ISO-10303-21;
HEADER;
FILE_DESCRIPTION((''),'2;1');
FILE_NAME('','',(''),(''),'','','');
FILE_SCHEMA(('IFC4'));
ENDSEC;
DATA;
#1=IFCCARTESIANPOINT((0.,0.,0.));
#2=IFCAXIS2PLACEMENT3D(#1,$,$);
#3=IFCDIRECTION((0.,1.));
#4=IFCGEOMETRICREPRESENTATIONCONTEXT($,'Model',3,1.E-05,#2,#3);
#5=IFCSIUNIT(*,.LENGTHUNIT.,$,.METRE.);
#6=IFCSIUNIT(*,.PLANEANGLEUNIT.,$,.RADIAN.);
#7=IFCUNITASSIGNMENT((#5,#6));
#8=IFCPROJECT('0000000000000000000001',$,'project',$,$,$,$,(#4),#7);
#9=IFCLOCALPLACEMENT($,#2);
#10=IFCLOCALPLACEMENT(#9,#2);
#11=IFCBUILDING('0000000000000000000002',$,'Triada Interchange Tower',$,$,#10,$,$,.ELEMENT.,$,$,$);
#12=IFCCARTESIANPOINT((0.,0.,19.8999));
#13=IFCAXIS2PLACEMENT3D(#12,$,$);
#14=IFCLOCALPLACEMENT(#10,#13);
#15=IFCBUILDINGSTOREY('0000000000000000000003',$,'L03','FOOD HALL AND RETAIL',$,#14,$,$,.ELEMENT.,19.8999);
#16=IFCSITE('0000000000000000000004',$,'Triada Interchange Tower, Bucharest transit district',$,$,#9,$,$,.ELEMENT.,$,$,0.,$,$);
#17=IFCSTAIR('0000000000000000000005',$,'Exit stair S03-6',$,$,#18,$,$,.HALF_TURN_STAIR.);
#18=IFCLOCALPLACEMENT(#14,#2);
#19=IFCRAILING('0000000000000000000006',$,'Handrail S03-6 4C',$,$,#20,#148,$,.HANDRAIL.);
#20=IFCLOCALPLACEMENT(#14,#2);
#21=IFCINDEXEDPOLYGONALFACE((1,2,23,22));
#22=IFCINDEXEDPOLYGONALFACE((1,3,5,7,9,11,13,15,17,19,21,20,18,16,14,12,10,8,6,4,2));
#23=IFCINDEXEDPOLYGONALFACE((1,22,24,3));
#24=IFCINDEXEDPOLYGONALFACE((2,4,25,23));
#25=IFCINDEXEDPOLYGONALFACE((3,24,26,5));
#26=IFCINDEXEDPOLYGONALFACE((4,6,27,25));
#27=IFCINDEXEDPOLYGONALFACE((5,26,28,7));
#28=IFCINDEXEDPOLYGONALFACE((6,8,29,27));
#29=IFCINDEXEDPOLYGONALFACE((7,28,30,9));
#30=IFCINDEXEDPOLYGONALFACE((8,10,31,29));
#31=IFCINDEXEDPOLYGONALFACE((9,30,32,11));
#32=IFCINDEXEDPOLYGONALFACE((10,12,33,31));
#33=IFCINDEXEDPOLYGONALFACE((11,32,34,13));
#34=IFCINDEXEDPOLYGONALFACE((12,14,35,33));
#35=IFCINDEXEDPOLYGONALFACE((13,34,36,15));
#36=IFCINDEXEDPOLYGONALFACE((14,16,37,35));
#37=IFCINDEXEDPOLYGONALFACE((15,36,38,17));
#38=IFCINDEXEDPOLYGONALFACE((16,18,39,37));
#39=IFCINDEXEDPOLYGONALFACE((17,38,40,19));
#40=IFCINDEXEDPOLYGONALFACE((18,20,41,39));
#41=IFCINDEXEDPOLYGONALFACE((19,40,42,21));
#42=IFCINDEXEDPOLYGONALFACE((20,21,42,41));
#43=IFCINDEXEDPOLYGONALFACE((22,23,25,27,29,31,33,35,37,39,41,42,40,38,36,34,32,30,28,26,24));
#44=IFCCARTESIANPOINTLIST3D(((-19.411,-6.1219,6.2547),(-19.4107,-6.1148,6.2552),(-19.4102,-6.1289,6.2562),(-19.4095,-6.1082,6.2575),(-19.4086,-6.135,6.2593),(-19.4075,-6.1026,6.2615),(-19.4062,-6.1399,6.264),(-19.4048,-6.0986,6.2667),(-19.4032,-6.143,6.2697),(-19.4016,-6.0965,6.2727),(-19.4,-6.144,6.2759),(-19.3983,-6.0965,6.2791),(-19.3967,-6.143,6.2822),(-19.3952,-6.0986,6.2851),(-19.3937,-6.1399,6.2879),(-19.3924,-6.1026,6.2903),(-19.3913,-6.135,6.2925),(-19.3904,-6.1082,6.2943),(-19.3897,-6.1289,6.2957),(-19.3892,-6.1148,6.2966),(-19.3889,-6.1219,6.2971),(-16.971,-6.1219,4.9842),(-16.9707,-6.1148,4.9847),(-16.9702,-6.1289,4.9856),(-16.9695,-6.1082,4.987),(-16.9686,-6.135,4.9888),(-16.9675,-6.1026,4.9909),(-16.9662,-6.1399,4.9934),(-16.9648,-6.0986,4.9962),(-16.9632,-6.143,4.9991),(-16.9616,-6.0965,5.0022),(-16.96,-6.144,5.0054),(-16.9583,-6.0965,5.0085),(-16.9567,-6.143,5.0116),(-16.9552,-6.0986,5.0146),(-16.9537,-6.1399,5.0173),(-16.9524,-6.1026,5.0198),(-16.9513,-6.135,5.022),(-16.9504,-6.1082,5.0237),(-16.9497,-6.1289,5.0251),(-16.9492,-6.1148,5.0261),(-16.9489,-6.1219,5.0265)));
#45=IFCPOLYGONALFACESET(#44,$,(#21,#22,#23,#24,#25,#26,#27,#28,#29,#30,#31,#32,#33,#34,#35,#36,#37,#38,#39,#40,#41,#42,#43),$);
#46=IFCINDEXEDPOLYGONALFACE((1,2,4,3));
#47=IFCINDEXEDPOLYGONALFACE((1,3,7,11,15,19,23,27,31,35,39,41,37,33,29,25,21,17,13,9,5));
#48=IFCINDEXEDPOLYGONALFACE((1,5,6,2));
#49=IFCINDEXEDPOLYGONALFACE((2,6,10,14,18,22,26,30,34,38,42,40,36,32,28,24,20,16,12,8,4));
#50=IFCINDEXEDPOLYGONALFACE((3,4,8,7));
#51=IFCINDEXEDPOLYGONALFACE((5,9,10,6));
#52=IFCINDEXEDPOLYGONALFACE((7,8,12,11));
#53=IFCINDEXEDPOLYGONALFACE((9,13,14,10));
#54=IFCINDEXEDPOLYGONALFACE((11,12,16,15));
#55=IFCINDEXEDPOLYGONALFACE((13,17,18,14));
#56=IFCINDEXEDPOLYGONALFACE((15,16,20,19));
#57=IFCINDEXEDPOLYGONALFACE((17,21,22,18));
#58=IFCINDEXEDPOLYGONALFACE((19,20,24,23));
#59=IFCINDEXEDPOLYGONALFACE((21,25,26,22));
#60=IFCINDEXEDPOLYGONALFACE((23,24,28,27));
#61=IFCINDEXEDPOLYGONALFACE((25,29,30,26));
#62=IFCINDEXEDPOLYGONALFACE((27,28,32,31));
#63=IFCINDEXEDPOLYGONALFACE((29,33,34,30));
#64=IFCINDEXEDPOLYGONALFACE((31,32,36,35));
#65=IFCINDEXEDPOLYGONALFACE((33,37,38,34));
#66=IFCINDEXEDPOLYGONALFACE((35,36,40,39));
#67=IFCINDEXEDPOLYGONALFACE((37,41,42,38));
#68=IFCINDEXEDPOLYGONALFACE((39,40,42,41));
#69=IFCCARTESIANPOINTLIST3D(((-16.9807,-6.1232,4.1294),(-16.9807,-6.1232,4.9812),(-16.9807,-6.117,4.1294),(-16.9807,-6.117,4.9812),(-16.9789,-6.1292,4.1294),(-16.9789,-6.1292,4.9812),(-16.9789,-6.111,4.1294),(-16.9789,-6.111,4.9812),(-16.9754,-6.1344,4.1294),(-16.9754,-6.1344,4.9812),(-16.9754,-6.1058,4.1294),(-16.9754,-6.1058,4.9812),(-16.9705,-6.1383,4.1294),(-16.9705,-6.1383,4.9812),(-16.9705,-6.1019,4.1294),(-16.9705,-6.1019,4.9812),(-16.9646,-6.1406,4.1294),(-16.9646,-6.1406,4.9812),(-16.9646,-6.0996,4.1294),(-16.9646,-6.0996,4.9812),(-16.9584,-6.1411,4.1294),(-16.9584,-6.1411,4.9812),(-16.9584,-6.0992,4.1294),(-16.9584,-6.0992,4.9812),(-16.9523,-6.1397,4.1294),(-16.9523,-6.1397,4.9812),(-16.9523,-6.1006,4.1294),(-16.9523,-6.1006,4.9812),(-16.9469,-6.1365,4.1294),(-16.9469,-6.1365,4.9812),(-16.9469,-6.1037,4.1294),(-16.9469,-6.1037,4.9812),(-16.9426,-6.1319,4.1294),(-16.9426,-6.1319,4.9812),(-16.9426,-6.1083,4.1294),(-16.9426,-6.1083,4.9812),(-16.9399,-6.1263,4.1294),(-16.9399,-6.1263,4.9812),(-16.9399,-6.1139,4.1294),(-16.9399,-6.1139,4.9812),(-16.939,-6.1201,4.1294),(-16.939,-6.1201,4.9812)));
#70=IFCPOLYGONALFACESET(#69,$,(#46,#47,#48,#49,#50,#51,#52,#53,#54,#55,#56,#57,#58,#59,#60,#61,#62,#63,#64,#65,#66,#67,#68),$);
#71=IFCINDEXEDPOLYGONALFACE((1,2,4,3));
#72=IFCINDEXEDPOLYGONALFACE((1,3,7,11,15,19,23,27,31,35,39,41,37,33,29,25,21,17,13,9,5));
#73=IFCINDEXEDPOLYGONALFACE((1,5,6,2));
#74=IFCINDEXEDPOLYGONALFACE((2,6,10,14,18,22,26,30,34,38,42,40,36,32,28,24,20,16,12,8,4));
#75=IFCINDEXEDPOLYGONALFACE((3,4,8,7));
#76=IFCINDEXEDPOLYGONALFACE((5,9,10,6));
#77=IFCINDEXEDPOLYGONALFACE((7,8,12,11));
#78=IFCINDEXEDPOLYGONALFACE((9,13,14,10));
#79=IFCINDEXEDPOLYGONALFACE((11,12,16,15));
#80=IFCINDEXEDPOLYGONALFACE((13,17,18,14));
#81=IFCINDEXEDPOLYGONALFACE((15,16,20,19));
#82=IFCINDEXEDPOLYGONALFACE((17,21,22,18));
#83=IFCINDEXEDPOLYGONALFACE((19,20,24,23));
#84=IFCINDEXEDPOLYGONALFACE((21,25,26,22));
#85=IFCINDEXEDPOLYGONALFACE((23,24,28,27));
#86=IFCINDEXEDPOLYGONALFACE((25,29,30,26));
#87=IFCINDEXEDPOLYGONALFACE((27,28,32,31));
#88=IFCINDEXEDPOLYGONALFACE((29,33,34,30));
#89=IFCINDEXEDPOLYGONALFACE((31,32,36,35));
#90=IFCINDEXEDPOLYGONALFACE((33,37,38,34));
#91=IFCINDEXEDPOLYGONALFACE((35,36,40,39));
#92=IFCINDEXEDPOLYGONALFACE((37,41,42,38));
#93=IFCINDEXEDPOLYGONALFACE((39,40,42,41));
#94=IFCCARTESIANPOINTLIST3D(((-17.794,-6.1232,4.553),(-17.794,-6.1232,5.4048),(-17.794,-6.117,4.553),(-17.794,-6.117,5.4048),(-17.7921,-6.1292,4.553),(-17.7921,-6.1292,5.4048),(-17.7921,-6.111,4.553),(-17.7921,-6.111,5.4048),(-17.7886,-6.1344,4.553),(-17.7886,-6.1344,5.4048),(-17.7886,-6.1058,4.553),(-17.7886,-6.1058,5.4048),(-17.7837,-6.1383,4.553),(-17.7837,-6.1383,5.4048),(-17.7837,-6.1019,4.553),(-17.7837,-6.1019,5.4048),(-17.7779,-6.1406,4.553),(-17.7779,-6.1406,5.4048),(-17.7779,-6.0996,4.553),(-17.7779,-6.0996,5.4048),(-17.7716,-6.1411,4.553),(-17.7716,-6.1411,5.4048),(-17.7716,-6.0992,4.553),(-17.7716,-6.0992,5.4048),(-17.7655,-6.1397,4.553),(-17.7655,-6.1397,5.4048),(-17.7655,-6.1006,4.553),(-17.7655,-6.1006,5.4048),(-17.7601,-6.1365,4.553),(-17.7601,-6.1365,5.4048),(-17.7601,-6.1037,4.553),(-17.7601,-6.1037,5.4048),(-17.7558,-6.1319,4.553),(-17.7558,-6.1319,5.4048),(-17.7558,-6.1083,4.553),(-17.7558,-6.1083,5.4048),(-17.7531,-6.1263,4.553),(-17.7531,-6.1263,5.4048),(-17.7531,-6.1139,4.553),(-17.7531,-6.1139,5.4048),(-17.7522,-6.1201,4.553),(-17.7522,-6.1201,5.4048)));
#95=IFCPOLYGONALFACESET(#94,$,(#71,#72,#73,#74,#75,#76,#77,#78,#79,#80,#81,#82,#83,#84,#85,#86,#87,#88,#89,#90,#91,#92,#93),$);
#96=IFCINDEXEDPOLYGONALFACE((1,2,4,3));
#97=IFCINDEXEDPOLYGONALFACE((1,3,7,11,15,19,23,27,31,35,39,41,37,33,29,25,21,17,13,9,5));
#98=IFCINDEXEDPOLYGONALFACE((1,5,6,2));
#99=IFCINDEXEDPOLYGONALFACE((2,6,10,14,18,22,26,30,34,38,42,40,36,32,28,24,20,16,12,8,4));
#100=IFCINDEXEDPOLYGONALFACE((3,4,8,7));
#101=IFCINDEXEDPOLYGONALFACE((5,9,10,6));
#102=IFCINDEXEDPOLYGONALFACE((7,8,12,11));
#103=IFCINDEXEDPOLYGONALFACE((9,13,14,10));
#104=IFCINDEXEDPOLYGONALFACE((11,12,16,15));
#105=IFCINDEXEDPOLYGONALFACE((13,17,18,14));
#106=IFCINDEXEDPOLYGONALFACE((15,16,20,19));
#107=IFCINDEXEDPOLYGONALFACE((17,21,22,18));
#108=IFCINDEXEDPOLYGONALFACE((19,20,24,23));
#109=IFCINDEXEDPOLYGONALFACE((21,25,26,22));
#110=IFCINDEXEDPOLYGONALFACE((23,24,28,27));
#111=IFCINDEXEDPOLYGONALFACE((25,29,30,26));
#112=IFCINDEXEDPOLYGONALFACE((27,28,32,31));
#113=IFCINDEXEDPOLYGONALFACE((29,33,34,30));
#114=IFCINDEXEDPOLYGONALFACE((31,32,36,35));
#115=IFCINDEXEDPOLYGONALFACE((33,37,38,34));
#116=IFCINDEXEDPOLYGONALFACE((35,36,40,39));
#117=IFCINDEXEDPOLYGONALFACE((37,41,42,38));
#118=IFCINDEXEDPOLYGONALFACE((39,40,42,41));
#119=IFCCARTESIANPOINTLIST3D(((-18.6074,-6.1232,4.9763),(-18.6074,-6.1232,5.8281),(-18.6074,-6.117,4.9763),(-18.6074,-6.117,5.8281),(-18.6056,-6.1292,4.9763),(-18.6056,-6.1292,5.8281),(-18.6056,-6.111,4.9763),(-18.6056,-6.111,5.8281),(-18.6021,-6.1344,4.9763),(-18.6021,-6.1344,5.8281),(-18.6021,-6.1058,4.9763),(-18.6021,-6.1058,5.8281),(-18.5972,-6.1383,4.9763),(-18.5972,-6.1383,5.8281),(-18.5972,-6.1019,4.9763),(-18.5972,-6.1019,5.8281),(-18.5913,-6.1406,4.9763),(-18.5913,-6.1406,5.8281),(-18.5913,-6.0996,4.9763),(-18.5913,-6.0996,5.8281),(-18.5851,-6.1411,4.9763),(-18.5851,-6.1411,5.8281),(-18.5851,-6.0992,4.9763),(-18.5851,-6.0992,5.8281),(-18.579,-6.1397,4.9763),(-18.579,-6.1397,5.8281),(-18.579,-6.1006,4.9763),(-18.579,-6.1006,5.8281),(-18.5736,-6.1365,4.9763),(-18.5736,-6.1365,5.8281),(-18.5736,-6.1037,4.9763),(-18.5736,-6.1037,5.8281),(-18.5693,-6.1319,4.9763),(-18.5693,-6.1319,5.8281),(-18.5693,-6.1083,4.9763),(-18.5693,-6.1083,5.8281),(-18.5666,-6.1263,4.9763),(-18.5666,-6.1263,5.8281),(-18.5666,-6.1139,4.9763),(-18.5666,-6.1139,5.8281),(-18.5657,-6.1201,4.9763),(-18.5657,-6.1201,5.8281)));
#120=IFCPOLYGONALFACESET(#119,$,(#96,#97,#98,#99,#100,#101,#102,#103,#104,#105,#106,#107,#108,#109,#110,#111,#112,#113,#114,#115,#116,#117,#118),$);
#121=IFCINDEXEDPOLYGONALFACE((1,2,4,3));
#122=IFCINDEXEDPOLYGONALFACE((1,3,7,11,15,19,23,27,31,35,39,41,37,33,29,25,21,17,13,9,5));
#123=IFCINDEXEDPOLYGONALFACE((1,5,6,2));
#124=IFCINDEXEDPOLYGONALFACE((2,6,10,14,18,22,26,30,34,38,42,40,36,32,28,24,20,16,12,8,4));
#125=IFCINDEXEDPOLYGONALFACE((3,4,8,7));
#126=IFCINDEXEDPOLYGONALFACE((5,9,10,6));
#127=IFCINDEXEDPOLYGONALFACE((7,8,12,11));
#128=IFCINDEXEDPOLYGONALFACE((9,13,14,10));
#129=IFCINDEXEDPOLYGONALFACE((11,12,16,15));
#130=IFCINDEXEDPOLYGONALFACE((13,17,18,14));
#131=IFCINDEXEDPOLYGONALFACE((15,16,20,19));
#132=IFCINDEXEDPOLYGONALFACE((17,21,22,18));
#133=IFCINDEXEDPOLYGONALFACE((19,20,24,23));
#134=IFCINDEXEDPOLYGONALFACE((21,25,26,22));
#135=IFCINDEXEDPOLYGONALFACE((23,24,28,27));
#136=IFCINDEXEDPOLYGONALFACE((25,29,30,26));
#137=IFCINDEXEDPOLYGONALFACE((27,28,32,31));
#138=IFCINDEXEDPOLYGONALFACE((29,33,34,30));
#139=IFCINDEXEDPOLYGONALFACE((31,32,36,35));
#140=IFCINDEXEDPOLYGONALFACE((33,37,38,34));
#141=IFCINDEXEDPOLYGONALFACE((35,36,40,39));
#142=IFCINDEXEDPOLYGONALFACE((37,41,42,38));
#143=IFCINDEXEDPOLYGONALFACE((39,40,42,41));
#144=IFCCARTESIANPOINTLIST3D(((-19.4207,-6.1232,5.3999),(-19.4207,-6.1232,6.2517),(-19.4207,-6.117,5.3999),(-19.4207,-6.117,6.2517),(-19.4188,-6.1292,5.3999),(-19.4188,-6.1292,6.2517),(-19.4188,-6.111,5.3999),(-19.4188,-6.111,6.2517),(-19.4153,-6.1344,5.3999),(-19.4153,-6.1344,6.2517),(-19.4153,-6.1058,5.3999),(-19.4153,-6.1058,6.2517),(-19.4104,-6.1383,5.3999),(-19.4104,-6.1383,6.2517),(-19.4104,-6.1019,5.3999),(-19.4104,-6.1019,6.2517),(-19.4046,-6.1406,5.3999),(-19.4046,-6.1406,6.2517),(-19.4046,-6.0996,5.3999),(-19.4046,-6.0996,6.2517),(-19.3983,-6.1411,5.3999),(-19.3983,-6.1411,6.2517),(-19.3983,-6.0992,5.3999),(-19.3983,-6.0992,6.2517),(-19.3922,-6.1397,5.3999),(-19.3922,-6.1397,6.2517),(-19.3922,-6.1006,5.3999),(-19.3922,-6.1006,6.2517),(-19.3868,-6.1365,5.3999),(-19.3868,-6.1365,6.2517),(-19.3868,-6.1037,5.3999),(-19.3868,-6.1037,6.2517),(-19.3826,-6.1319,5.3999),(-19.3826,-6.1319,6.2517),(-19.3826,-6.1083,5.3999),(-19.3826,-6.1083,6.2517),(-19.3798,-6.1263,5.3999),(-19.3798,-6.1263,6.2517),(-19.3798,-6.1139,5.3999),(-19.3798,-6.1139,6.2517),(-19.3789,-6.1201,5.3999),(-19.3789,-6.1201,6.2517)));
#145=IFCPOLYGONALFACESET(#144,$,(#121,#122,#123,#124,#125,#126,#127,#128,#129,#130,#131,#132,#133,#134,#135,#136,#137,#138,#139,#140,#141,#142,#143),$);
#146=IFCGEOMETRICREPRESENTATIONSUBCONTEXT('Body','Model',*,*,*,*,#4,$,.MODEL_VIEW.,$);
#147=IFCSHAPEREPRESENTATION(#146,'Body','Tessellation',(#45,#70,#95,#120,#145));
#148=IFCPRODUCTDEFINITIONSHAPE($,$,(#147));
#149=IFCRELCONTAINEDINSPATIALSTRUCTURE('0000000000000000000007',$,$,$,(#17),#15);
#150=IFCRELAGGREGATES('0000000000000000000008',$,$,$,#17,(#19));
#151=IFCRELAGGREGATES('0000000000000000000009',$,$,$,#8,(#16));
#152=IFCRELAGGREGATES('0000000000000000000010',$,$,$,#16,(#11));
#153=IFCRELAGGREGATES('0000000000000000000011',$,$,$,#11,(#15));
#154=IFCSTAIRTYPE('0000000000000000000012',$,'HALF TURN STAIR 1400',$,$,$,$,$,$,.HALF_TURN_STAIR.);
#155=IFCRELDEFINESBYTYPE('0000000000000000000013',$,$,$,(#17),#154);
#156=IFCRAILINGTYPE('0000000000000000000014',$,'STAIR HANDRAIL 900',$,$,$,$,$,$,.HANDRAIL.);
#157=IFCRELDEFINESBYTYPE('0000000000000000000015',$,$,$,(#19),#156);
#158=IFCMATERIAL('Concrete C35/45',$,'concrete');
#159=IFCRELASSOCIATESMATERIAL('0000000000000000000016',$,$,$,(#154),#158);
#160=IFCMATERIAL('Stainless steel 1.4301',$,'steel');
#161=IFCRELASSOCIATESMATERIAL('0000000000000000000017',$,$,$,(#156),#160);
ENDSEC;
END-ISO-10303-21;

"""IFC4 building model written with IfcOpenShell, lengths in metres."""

from ifc_helpers import new_model, si_unit, direction, frame, origin, origin_2d, place, context, subcontext, project, spatial, circle, extrude, material, type_object, element, aggregate, save


model = new_model("IFC4")

# Units and contexts
model_context = context("Model", 3, precision=1e-05, world=origin(), true_north=direction((0.0, 1.0)))
body_context = subcontext(model_context, "Body", "Model", "MODEL_VIEW")
ifc_project = project(units=[si_unit("LENGTHUNIT", "METRE"), si_unit("PLANEANGLEUNIT", "RADIAN")], contexts=[model_context])

# Site, building, storey
site_placement = place(None, origin())
site = spatial("IfcSite", under=ifc_project, at=site_placement, Name="Triada Interchange Tower, Bucharest transit district", CompositionType="ELEMENT", RefElevation=0.0)
building_placement = place(site_placement, origin())
building = spatial("IfcBuilding", under=site, at=building_placement, Name="Triada Interchange Tower", CompositionType="ELEMENT")
storey_placement = place(building_placement, frame((0.0, 0.0, 19.8999)))
storey = spatial("IfcBuildingStorey", under=building, at=storey_placement, Name="L03", Description="FOOD HALL AND RETAIL", CompositionType="ELEMENT", Elevation=19.8999)

# Stair, railing
ifc_material_1 = material(Name="Concrete C35/45", Category="concrete")
stair_type = type_object("IfcStairType", Name="HALF TURN STAIR 1400", PredefinedType="HALF_TURN_STAIR", material=ifc_material_1)
stair_placement = place(storey_placement, origin())
stair = element("IfcStair", 1, at=stair_placement, inside=storey, type_object=stair_type, Name="Exit stair S03-6", PredefinedType="HALF_TURN_STAIR")
ifc_material_2 = material(Name="Stainless steel 1.4301", Category="steel")
railing_type = type_object("IfcRailingType", Name="STAIR HANDRAIL 900", PredefinedType="HANDRAIL", material=ifc_material_2)
railing_1_placement = place(storey_placement, frame((-16.96, -6.1201, 4.1294)))
railing_1 = element("IfcRailing", 2, at=railing_1_placement, type_object=railing_type, Name="Handrail S03-6 4C", PredefinedType="HANDRAIL", context=body_context, shape_type="SweptSolid", body=[
    extrude(circle(Radius=0.0239, at=origin_2d()), frame((0.0, 0.0, 0.876), z_axis=(-0.886958, 0.0, 0.46185), x_axis=(0.0, -1.0, 0.0)), (0.0, 0.0, 1.0), 2.751),
    extrude(circle(Radius=0.021, at=origin_2d()), origin(), (0.0, 0.0, 1.0), 0.8518),
    extrude(circle(Radius=0.021, at=origin_2d()), frame((-0.8132, 0.0, 0.4236)), (0.0, 0.0, 1.0), 0.8518),
    extrude(circle(Radius=0.021, at=origin_2d()), frame((-1.6267, 0.0, 0.8469)), (0.0, 0.0, 1.0), 0.8518),
    extrude(circle(Radius=0.021, at=origin_2d()), frame((-2.4399, 0.0, 1.2705)), (0.0, 0.0, 1.0), 0.8518),
])
aggregate(stair, [railing_1])

save(model, "model.ifc")
